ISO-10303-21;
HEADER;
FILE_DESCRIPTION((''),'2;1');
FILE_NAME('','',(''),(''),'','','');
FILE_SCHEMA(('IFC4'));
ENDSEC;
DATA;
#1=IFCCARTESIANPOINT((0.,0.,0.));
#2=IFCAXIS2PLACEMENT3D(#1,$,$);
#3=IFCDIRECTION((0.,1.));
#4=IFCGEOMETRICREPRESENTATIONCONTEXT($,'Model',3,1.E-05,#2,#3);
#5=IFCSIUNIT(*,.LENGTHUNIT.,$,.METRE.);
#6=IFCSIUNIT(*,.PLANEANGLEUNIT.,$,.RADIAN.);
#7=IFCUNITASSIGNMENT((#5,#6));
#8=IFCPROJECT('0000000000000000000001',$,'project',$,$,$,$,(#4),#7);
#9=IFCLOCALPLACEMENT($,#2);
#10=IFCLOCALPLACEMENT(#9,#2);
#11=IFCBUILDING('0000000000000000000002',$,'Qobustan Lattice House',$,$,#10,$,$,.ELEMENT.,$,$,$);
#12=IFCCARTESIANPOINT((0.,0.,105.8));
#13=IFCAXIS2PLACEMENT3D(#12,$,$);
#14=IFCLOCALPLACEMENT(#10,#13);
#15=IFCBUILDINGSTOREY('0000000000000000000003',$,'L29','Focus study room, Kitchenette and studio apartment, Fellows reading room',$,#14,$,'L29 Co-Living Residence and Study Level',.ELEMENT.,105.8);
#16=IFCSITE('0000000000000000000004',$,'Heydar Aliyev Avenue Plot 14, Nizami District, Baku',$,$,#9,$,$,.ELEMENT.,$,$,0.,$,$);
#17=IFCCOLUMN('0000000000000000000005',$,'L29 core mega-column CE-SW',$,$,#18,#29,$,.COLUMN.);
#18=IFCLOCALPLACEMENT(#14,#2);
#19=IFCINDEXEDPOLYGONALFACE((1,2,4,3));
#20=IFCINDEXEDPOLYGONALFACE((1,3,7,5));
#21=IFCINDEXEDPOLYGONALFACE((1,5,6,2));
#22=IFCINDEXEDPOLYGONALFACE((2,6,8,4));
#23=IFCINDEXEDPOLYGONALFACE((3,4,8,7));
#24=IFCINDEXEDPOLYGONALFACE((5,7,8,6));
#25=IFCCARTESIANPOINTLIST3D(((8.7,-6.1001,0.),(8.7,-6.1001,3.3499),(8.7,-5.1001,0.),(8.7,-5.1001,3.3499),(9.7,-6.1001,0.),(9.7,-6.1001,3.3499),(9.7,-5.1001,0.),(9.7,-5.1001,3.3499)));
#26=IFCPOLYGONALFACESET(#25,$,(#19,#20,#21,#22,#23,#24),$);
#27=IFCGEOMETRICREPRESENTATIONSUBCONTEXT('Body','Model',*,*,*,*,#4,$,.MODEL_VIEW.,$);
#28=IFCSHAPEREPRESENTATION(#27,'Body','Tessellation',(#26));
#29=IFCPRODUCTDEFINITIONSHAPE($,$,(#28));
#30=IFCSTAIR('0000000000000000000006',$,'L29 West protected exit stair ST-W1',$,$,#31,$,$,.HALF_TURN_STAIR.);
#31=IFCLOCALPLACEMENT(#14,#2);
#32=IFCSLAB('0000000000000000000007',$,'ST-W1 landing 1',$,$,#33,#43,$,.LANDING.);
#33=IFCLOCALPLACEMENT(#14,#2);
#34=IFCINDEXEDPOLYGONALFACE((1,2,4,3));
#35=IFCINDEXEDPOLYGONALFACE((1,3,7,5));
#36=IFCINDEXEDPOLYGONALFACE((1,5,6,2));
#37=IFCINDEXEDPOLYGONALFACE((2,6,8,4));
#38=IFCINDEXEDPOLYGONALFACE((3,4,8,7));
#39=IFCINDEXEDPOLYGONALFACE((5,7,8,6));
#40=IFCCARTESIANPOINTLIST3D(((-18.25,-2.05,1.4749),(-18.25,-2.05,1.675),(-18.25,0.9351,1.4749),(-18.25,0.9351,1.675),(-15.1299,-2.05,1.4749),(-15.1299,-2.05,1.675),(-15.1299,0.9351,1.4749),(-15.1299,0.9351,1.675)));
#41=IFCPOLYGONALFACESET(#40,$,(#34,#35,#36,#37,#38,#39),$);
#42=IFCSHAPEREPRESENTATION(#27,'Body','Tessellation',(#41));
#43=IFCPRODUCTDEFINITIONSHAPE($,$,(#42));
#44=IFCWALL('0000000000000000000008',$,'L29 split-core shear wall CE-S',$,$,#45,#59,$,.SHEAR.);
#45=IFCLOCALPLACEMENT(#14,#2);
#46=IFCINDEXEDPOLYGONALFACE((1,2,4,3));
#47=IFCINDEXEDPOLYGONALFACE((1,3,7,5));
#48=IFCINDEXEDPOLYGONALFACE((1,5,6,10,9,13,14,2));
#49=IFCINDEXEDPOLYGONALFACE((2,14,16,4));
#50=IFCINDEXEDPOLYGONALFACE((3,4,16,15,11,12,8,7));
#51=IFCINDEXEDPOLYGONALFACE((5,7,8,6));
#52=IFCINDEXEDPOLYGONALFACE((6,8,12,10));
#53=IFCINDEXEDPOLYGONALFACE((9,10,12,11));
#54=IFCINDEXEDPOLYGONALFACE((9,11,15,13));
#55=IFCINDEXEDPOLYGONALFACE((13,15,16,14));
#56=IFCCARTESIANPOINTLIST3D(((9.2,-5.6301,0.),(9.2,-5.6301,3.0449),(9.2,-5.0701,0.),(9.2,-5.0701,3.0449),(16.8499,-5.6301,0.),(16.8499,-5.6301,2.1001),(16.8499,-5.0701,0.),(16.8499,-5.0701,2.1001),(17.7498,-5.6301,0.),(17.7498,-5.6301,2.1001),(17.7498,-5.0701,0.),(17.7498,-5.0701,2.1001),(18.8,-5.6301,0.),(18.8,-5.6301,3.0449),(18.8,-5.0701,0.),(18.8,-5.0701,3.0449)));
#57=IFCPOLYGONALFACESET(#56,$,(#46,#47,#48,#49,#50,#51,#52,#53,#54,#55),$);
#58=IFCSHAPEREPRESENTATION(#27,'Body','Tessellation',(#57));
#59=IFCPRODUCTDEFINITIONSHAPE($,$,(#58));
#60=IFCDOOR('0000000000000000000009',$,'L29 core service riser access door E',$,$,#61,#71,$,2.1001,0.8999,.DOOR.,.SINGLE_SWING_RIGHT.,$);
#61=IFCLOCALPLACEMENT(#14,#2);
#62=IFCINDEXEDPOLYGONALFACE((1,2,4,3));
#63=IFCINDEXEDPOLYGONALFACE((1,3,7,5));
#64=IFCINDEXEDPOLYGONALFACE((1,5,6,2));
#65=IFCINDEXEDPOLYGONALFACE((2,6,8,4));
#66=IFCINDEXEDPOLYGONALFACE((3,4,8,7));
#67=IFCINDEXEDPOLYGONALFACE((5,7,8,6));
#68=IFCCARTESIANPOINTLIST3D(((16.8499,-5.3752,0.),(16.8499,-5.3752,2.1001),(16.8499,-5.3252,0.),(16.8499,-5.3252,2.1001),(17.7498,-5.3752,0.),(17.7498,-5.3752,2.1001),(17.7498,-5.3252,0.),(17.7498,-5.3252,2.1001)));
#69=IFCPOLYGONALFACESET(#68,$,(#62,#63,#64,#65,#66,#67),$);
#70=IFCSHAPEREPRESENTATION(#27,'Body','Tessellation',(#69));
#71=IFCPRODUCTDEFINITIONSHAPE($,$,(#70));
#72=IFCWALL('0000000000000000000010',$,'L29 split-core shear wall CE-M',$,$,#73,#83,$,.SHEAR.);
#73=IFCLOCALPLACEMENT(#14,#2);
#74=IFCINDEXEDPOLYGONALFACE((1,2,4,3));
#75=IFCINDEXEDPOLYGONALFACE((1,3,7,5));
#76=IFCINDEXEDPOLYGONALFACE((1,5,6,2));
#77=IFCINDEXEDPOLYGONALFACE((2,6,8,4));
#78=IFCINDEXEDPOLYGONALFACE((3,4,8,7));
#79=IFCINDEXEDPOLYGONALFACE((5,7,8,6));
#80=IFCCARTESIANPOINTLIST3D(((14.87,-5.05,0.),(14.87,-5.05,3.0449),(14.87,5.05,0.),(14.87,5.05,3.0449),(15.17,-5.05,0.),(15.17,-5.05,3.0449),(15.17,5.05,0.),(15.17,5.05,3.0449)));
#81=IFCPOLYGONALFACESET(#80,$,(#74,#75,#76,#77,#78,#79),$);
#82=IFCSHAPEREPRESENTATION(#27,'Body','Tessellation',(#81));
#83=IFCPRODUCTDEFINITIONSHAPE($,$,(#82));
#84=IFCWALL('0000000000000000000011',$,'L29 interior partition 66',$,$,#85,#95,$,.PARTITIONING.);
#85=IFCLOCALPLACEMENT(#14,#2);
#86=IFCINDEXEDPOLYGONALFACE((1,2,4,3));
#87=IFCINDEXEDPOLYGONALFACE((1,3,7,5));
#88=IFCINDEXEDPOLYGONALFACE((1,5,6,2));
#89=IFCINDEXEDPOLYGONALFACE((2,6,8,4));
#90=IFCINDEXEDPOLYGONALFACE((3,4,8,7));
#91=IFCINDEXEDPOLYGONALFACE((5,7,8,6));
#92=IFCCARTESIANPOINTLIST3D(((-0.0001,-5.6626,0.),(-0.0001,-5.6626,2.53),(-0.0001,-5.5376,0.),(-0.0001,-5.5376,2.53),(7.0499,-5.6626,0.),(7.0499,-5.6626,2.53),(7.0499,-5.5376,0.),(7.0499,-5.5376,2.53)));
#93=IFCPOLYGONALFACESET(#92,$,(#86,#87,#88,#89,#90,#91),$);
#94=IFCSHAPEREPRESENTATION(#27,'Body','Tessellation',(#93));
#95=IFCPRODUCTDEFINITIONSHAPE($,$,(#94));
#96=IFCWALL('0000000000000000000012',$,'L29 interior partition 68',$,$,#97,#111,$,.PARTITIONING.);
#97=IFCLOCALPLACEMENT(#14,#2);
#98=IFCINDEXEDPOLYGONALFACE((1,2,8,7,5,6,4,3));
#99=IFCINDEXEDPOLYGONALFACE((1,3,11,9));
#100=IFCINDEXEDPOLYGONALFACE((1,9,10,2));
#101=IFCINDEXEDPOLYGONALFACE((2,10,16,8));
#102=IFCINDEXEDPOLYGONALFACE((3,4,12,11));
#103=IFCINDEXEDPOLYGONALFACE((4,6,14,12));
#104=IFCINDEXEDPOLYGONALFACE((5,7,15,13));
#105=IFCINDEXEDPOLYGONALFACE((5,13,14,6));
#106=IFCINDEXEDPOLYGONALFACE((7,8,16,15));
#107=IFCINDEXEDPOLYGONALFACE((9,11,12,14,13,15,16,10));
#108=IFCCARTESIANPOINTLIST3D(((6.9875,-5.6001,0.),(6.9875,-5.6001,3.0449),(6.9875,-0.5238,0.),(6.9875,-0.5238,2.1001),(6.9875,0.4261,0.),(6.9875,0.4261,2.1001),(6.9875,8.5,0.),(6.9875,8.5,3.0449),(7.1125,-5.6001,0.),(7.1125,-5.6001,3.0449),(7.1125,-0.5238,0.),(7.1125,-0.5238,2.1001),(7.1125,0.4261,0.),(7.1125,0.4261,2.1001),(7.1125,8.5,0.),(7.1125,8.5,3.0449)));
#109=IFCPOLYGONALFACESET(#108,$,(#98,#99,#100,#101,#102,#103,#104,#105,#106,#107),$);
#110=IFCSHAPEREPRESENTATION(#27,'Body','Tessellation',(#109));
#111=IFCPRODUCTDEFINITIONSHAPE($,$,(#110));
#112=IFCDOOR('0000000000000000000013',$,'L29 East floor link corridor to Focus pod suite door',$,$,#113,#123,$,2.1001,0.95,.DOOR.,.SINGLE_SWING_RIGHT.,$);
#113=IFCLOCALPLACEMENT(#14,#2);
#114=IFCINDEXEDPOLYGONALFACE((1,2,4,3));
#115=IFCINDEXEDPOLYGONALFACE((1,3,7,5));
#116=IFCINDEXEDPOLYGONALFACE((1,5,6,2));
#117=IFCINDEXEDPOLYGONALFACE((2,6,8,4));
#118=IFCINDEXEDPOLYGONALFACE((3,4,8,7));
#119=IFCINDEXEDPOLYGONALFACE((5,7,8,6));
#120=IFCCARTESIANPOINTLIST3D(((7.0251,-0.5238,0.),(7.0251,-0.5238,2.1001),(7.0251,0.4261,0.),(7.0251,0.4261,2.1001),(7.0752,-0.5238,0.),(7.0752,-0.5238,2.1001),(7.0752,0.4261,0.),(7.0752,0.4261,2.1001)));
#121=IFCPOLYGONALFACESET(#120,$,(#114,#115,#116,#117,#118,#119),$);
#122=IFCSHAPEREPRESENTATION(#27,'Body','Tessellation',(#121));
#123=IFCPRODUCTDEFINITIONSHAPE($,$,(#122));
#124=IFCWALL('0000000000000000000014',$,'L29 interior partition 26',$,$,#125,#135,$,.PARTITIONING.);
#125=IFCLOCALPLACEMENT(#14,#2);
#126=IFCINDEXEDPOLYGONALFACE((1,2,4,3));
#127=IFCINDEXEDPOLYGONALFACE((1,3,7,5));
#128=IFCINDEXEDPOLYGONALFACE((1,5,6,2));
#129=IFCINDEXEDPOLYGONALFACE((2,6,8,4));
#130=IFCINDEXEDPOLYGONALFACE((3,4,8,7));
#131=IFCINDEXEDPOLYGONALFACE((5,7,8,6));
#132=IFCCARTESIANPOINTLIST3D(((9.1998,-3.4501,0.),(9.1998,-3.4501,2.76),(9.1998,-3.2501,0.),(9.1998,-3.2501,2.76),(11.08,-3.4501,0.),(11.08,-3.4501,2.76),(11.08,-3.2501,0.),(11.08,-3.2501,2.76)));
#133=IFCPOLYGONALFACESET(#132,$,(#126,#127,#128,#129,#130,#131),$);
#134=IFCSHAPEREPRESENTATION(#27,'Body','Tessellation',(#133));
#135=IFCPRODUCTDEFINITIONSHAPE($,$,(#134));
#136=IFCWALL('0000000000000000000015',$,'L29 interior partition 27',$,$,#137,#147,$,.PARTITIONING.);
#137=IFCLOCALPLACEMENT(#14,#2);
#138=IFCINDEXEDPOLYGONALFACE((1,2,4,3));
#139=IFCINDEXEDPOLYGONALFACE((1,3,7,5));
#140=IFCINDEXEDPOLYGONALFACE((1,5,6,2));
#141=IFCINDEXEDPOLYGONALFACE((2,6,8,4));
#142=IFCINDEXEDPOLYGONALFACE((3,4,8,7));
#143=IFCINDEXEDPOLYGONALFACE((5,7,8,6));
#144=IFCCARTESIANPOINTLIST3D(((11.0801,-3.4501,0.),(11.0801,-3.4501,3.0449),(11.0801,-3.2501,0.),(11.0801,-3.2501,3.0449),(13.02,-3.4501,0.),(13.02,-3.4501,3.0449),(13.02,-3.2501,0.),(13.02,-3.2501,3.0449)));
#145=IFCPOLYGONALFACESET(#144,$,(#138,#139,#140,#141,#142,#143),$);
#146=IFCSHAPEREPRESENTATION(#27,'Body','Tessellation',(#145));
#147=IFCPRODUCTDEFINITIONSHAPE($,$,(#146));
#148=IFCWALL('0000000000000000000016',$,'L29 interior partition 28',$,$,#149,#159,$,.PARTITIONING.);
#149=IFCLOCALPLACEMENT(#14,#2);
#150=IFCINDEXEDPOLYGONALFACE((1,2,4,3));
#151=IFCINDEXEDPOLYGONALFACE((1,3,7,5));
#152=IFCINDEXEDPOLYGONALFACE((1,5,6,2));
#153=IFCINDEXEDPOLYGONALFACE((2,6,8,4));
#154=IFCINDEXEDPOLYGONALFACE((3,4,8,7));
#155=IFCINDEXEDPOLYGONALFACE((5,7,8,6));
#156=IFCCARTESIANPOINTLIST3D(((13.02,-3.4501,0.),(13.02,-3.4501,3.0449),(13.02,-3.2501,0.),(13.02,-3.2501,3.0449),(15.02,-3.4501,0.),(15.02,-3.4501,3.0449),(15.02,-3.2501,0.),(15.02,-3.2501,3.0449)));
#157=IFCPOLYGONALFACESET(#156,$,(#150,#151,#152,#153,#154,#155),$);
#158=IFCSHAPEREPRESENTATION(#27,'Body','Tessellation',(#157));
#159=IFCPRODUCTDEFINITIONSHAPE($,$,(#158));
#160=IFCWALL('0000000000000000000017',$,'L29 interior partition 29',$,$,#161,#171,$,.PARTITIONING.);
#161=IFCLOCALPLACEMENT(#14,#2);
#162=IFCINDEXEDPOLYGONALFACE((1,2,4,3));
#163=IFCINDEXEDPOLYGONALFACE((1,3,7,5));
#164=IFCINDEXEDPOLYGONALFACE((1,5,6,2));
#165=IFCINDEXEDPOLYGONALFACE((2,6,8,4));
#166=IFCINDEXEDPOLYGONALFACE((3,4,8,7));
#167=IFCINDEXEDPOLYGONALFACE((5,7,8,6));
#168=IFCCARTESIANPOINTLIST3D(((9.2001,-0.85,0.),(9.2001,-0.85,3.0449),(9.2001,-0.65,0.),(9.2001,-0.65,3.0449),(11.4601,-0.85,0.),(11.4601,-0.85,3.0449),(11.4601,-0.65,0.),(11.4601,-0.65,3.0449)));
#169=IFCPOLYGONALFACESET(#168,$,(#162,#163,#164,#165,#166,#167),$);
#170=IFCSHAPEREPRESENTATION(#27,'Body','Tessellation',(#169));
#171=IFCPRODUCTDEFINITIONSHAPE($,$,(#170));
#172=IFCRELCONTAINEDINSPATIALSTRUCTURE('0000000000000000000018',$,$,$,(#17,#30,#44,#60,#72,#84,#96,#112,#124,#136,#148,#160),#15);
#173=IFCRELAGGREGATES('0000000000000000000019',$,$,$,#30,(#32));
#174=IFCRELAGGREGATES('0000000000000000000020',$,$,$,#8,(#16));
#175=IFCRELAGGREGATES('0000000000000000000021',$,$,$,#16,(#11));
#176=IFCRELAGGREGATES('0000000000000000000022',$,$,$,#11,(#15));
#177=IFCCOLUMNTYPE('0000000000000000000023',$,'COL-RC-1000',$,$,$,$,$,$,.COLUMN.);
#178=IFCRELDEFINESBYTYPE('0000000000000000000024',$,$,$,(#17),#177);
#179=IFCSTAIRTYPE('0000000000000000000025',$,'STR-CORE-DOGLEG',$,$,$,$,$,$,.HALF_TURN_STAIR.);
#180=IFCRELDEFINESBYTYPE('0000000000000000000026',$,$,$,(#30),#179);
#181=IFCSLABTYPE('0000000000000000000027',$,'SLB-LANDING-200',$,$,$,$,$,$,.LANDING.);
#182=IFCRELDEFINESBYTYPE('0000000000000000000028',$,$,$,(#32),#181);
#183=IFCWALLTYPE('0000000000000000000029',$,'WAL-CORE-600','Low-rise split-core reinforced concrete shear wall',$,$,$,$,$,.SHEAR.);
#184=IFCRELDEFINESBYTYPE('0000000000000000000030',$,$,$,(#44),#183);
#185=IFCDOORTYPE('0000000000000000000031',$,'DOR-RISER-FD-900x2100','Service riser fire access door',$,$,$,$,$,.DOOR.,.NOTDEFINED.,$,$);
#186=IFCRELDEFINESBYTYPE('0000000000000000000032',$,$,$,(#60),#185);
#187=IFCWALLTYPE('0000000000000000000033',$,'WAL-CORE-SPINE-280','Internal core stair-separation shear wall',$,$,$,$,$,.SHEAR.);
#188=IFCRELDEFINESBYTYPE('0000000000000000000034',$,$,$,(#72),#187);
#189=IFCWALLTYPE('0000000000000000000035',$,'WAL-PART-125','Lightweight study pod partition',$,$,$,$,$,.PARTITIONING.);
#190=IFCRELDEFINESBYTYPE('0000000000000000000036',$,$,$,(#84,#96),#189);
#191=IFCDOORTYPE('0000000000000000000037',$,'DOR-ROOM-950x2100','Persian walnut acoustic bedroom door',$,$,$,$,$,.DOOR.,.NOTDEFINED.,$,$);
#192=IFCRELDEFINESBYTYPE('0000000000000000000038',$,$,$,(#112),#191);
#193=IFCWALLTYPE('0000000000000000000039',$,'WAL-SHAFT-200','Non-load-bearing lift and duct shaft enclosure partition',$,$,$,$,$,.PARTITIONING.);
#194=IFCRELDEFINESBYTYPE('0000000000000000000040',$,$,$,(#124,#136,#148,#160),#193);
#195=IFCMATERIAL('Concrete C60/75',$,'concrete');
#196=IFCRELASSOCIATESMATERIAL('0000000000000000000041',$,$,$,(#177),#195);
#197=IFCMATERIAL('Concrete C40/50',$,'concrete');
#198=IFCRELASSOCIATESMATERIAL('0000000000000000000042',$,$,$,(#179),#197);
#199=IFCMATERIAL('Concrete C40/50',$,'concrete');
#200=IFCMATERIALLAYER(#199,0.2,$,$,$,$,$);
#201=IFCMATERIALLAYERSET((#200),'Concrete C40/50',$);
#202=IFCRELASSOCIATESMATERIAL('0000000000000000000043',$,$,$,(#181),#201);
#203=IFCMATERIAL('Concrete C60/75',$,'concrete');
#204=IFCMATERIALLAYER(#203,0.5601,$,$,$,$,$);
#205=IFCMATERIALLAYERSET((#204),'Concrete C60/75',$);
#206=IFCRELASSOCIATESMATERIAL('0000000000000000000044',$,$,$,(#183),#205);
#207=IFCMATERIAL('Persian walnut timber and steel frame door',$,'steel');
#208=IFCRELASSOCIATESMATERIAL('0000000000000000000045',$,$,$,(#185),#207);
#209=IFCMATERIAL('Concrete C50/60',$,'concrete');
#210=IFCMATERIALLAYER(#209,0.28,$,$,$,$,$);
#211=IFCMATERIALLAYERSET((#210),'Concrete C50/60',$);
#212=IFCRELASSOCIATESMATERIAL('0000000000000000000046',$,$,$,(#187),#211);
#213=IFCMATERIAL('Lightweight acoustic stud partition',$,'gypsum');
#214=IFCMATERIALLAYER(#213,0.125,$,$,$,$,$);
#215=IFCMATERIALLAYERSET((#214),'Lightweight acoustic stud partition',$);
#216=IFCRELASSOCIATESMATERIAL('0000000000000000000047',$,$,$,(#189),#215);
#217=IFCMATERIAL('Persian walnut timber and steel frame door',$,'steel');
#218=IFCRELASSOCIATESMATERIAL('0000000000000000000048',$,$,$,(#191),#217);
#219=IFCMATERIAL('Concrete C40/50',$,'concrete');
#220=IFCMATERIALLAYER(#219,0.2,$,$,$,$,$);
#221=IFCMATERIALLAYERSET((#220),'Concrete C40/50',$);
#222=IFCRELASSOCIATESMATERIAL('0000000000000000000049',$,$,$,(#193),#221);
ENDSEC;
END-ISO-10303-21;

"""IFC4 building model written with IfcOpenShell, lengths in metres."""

from ifc_helpers import new_model, si_unit, direction, frame, frame_2d, origin, origin_2d, place, context, subcontext, project, spatial, polyline, rectangle, outline, extrude, material, layer, layer_set, material_profile, profile_set, type_object, element, fill, aggregate, save


model = new_model("IFC4")

# Units and contexts
model_context = context("Model", 3, precision=1e-05, world=origin(), true_north=direction((0.0, 1.0)))
body_context = subcontext(model_context, "Body", "Model", "MODEL_VIEW")
ifc_project = project(units=[si_unit("LENGTHUNIT", "METRE"), si_unit("PLANEANGLEUNIT", "RADIAN")], contexts=[model_context])

# Site, building, storey
site_placement = place(None, origin())
site = spatial("IfcSite", under=ifc_project, at=site_placement, Name="Heydar Aliyev Avenue Plot 14, Nizami District, Baku", CompositionType="ELEMENT", RefElevation=0.0)
building_placement = place(site_placement, origin())
building = spatial("IfcBuilding", under=site, at=building_placement, Name="Qobustan Lattice House", CompositionType="ELEMENT")
storey_placement = place(building_placement, frame((0.0, 0.0, 105.8)))
storey = spatial("IfcBuildingStorey", under=building, at=storey_placement, Name="L29", Description="Focus study room, Kitchenette and studio apartment, Fellows reading room", LongName="L29 Co-Living Residence and Study Level", CompositionType="ELEMENT", Elevation=105.8)

# Column
ifc_material_1 = material(Name="Concrete C60/75", Category="concrete")
ifc_material_profile = material_profile(ifc_material_1, rectangle(XDim=1.0, YDim=1.0, at=origin_2d()), Name="RC1000x1000")
ifc_profile_set = profile_set([ifc_material_profile], Name="Concrete C60/75")
column_type = type_object("IfcColumnType", Name="COL-RC-1000", PredefinedType="COLUMN", material=ifc_profile_set)
column_placement = place(storey_placement, frame((9.2, -5.6001, 0.0), z_axis=(0.0, 0.0, 1.0), x_axis=(1.0, 0.0, 0.0)))
element("IfcColumn", 1, at=column_placement, inside=storey, type_object=column_type, Name="L29 core mega-column CE-SW", PredefinedType="COLUMN", context=body_context, shape_type="SweptSolid", body=[
    extrude(rectangle(XDim=1.0, YDim=1.0, at=origin_2d()), origin(), (0.0, 0.0, 1.0), 3.3499),
])

# Stair, slab
ifc_material_2 = material(Name="Concrete C40/50", Category="concrete")
stair_type = type_object("IfcStairType", Name="STR-CORE-DOGLEG", PredefinedType="HALF_TURN_STAIR", material=ifc_material_2)
stair_placement = place(storey_placement, origin())
stair = element("IfcStair", 2, at=stair_placement, inside=storey, type_object=stair_type, Name="L29 West protected exit stair ST-W1", PredefinedType="HALF_TURN_STAIR")
ifc_material_3 = material(Name="Concrete C40/50", Category="concrete")
ifc_layer_1 = layer(ifc_material_3, 0.2)
ifc_layer_set_1 = layer_set([ifc_layer_1], Name="Concrete C40/50")
slab_type = type_object("IfcSlabType", Name="SLB-LANDING-200", PredefinedType="LANDING", material=ifc_layer_set_1)
slab_placement = place(storey_placement, frame((0.0, 0.0, 1.4749)))
slab = element("IfcSlab", 3, at=slab_placement, type_object=slab_type, Name="ST-W1 landing 1", PredefinedType="LANDING", context=body_context, shape_type="SweptSolid", body=[
    extrude(outline(polyline([(-18.25, 0.9351), (-18.25, -2.05), (-15.1299, -2.05), (-15.1299, 0.9351), (-18.25, 0.9351)])), origin(), (0.0, 0.0, 1.0), 0.2002),
])
aggregate(stair, [slab])

# Wall, opening, door
ifc_material_4 = material(Name="Concrete C60/75", Category="concrete")
ifc_layer_2 = layer(ifc_material_4, 0.5601)
ifc_layer_set_2 = layer_set([ifc_layer_2], Name="Concrete C60/75")
wall_type_1 = type_object("IfcWallType", Name="WAL-CORE-600", Description="Low-rise split-core reinforced concrete shear wall", PredefinedType="SHEAR", material=ifc_layer_set_2)
wall_1_placement = place(storey_placement, frame((9.2, -5.3501, 0.0), z_axis=(0.0, 0.0, 1.0), x_axis=(1.0, 0.0, 0.0)))
wall_1 = element("IfcWall", 4, at=wall_1_placement, inside=storey, type_object=wall_type_1, Name="L29 split-core shear wall CE-S", PredefinedType="SHEAR", context=body_context, shape_type="SweptSolid", body=[
    extrude(rectangle(XDim=9.6001, YDim=0.5601, at=frame_2d((4.8, 0.0))), origin(), (0.0, 0.0, 1.0), 3.0449),
])
opening_1_placement = place(wall_1_placement, frame((7.6499, 0.0, 0.0)))
opening_1 = element("IfcOpeningElement", 5, at=opening_1_placement, cuts=wall_1, PredefinedType="OPENING", context=body_context, shape_type="SweptSolid", body=[
    extrude(rectangle(XDim=0.8999, YDim=2.1001, at=frame_2d((0.45, 1.05))), frame((0.0, 0.29, 0.0), z_axis=(0.0, -1.0, 0.0), x_axis=(1.0, 0.0, 0.0)), (0.0, 0.0, 1.0), 0.5801),
])
ifc_material_5 = material(Name="Persian walnut timber and steel frame door", Category="steel")
door_type_1 = type_object("IfcDoorType", Name="DOR-RISER-FD-900x2100", Description="Service riser fire access door", OperationType="NOTDEFINED", PredefinedType="DOOR", material=ifc_material_5)
door_1_placement = place(opening_1_placement, origin())
door_1 = element("IfcDoor", 6, at=door_1_placement, inside=storey, type_object=door_type_1, Name="L29 core service riser access door E", OperationType="SINGLE_SWING_RIGHT", OverallHeight=2.1001, OverallWidth=0.8999, PredefinedType="DOOR", context=body_context, shape_type="SweptSolid", body=[
    extrude(rectangle(XDim=0.8999, YDim=2.1001, at=frame_2d((0.45, 1.05))), frame((0.0, 0.0249, 0.0), z_axis=(0.0, -1.0, 0.0), x_axis=(1.0, 0.0, 0.0)), (0.0, 0.0, 1.0), 0.05),
])
fill(opening_1, door_1)

# Walls
ifc_material_6 = material(Name="Concrete C50/60", Category="concrete")
ifc_layer_3 = layer(ifc_material_6, 0.28)
ifc_layer_set_3 = layer_set([ifc_layer_3], Name="Concrete C50/60")
wall_type_2 = type_object("IfcWallType", Name="WAL-CORE-SPINE-280", Description="Internal core stair-separation shear wall", PredefinedType="SHEAR", material=ifc_layer_set_3)
wall_2_placement = place(storey_placement, frame((15.02, -5.05, 0.0), z_axis=(0.0, 0.0, 1.0), x_axis=(0.0, 1.0, 0.0)))
element("IfcWall", 7, at=wall_2_placement, inside=storey, type_object=wall_type_2, Name="L29 split-core shear wall CE-M", PredefinedType="SHEAR", context=body_context, shape_type="SweptSolid", body=[
    extrude(rectangle(XDim=10.1001, YDim=0.3, at=frame_2d((5.05, 0.0))), origin(), (0.0, 0.0, 1.0), 3.0449),
])
ifc_material_7 = material(Name="Lightweight acoustic stud partition", Category="gypsum")
ifc_layer_4 = layer(ifc_material_7, 0.125)
ifc_layer_set_4 = layer_set([ifc_layer_4], Name="Lightweight acoustic stud partition")
wall_type_3 = type_object("IfcWallType", Name="WAL-PART-125", Description="Lightweight study pod partition", PredefinedType="PARTITIONING", material=ifc_layer_set_4)
wall_3_placement = place(storey_placement, frame((0.0, -5.6001, 0.0), z_axis=(0.0, 0.0, 1.0), x_axis=(1.0, 0.0, 0.0)))
element("IfcWall", 8, at=wall_3_placement, inside=storey, type_object=wall_type_3, Name="L29 interior partition 66", PredefinedType="PARTITIONING", context=body_context, shape_type="SweptSolid", body=[
    extrude(rectangle(XDim=7.05, YDim=0.125, at=frame_2d((3.5249, 0.0))), origin(), (0.0, 0.0, 1.0), 2.53),
])

# Wall, opening, door
wall_4_placement = place(storey_placement, frame((7.05, -5.6001, 0.0), z_axis=(0.0, 0.0, 1.0), x_axis=(0.0, 1.0, 0.0)))
wall_4 = element("IfcWall", 9, at=wall_4_placement, inside=storey, type_object=wall_type_3, Name="L29 interior partition 68", PredefinedType="PARTITIONING", context=body_context, shape_type="SweptSolid", body=[
    extrude(rectangle(XDim=14.1001, YDim=0.125, at=frame_2d((7.05, 0.0))), origin(), (0.0, 0.0, 1.0), 3.0449),
])
opening_2_placement = place(wall_4_placement, frame((5.0762, 0.0, 0.0)))
opening_2 = element("IfcOpeningElement", 10, at=opening_2_placement, cuts=wall_4, PredefinedType="OPENING", context=body_context, shape_type="SweptSolid", body=[
    extrude(rectangle(XDim=0.95, YDim=2.1001, at=frame_2d((0.4751, 1.05))), frame((0.0, 0.0725, 0.0), z_axis=(0.0, -1.0, 0.0), x_axis=(1.0, 0.0, 0.0)), (0.0, 0.0, 1.0), 0.145),
])
ifc_material_8 = material(Name="Persian walnut timber and steel frame door", Category="steel")
door_type_2 = type_object("IfcDoorType", Name="DOR-ROOM-950x2100", Description="Persian walnut acoustic bedroom door", OperationType="NOTDEFINED", PredefinedType="DOOR", material=ifc_material_8)
door_2_placement = place(opening_2_placement, origin())
door_2 = element("IfcDoor", 11, at=door_2_placement, inside=storey, type_object=door_type_2, Name="L29 East floor link corridor to Focus pod suite door", OperationType="SINGLE_SWING_RIGHT", OverallHeight=2.1001, OverallWidth=0.95, PredefinedType="DOOR", context=body_context, shape_type="SweptSolid", body=[
    extrude(rectangle(XDim=0.95, YDim=2.1001, at=frame_2d((0.4751, 1.05))), frame((0.0, 0.0249, 0.0), z_axis=(0.0, -1.0, 0.0), x_axis=(1.0, 0.0, 0.0)), (0.0, 0.0, 1.0), 0.05),
])
fill(opening_2, door_2)

# Walls
ifc_material_9 = material(Name="Concrete C40/50", Category="concrete")
ifc_layer_5 = layer(ifc_material_9, 0.2)
ifc_layer_set_5 = layer_set([ifc_layer_5], Name="Concrete C40/50")
wall_type_4 = type_object("IfcWallType", Name="WAL-SHAFT-200", Description="Non-load-bearing lift and duct shaft enclosure partition", PredefinedType="PARTITIONING", material=ifc_layer_set_5)
wall_5_placement = place(storey_placement, frame((9.2, -3.3501, 0.0), z_axis=(0.0, 0.0, 1.0), x_axis=(1.0, 0.0, 0.0)))
element("IfcWall", 12, at=wall_5_placement, inside=storey, type_object=wall_type_4, Name="L29 interior partition 26", PredefinedType="PARTITIONING", context=body_context, shape_type="SweptSolid", body=[
    extrude(rectangle(XDim=1.8801, YDim=0.2, at=frame_2d((0.9399, 0.0))), origin(), (0.0, 0.0, 1.0), 2.76),
])
wall_6_placement = place(storey_placement, frame((11.0801, -3.3501, 0.0), z_axis=(0.0, 0.0, 1.0), x_axis=(1.0, 0.0, 0.0)))
element("IfcWall", 13, at=wall_6_placement, inside=storey, type_object=wall_type_4, Name="L29 interior partition 27", PredefinedType="PARTITIONING", context=body_context, shape_type="SweptSolid", body=[
    extrude(rectangle(XDim=1.9399, YDim=0.2, at=frame_2d((0.97, 0.0))), origin(), (0.0, 0.0, 1.0), 3.0449),
])
wall_7_placement = place(storey_placement, frame((13.02, -3.3501, 0.0), z_axis=(0.0, 0.0, 1.0), x_axis=(1.0, 0.0, 0.0)))
element("IfcWall", 14, at=wall_7_placement, inside=storey, type_object=wall_type_4, Name="L29 interior partition 28", PredefinedType="PARTITIONING", context=body_context, shape_type="SweptSolid", body=[
    extrude(rectangle(XDim=2.0, YDim=0.2, at=frame_2d((1.0, 0.0))), origin(), (0.0, 0.0, 1.0), 3.0449),
])
wall_8_placement = place(storey_placement, frame((11.46, -0.75, 0.0), z_axis=(0.0, 0.0, 1.0), x_axis=(-1.0, 0.0, 0.0)))
element("IfcWall", 15, at=wall_8_placement, inside=storey, type_object=wall_type_4, Name="L29 interior partition 29", PredefinedType="PARTITIONING", context=body_context, shape_type="SweptSolid", body=[
    extrude(rectangle(XDim=2.26, YDim=0.2, at=frame_2d((1.1299, 0.0))), origin(), (0.0, 0.0, 1.0), 3.0449),
])

save(model, "model.ifc")
